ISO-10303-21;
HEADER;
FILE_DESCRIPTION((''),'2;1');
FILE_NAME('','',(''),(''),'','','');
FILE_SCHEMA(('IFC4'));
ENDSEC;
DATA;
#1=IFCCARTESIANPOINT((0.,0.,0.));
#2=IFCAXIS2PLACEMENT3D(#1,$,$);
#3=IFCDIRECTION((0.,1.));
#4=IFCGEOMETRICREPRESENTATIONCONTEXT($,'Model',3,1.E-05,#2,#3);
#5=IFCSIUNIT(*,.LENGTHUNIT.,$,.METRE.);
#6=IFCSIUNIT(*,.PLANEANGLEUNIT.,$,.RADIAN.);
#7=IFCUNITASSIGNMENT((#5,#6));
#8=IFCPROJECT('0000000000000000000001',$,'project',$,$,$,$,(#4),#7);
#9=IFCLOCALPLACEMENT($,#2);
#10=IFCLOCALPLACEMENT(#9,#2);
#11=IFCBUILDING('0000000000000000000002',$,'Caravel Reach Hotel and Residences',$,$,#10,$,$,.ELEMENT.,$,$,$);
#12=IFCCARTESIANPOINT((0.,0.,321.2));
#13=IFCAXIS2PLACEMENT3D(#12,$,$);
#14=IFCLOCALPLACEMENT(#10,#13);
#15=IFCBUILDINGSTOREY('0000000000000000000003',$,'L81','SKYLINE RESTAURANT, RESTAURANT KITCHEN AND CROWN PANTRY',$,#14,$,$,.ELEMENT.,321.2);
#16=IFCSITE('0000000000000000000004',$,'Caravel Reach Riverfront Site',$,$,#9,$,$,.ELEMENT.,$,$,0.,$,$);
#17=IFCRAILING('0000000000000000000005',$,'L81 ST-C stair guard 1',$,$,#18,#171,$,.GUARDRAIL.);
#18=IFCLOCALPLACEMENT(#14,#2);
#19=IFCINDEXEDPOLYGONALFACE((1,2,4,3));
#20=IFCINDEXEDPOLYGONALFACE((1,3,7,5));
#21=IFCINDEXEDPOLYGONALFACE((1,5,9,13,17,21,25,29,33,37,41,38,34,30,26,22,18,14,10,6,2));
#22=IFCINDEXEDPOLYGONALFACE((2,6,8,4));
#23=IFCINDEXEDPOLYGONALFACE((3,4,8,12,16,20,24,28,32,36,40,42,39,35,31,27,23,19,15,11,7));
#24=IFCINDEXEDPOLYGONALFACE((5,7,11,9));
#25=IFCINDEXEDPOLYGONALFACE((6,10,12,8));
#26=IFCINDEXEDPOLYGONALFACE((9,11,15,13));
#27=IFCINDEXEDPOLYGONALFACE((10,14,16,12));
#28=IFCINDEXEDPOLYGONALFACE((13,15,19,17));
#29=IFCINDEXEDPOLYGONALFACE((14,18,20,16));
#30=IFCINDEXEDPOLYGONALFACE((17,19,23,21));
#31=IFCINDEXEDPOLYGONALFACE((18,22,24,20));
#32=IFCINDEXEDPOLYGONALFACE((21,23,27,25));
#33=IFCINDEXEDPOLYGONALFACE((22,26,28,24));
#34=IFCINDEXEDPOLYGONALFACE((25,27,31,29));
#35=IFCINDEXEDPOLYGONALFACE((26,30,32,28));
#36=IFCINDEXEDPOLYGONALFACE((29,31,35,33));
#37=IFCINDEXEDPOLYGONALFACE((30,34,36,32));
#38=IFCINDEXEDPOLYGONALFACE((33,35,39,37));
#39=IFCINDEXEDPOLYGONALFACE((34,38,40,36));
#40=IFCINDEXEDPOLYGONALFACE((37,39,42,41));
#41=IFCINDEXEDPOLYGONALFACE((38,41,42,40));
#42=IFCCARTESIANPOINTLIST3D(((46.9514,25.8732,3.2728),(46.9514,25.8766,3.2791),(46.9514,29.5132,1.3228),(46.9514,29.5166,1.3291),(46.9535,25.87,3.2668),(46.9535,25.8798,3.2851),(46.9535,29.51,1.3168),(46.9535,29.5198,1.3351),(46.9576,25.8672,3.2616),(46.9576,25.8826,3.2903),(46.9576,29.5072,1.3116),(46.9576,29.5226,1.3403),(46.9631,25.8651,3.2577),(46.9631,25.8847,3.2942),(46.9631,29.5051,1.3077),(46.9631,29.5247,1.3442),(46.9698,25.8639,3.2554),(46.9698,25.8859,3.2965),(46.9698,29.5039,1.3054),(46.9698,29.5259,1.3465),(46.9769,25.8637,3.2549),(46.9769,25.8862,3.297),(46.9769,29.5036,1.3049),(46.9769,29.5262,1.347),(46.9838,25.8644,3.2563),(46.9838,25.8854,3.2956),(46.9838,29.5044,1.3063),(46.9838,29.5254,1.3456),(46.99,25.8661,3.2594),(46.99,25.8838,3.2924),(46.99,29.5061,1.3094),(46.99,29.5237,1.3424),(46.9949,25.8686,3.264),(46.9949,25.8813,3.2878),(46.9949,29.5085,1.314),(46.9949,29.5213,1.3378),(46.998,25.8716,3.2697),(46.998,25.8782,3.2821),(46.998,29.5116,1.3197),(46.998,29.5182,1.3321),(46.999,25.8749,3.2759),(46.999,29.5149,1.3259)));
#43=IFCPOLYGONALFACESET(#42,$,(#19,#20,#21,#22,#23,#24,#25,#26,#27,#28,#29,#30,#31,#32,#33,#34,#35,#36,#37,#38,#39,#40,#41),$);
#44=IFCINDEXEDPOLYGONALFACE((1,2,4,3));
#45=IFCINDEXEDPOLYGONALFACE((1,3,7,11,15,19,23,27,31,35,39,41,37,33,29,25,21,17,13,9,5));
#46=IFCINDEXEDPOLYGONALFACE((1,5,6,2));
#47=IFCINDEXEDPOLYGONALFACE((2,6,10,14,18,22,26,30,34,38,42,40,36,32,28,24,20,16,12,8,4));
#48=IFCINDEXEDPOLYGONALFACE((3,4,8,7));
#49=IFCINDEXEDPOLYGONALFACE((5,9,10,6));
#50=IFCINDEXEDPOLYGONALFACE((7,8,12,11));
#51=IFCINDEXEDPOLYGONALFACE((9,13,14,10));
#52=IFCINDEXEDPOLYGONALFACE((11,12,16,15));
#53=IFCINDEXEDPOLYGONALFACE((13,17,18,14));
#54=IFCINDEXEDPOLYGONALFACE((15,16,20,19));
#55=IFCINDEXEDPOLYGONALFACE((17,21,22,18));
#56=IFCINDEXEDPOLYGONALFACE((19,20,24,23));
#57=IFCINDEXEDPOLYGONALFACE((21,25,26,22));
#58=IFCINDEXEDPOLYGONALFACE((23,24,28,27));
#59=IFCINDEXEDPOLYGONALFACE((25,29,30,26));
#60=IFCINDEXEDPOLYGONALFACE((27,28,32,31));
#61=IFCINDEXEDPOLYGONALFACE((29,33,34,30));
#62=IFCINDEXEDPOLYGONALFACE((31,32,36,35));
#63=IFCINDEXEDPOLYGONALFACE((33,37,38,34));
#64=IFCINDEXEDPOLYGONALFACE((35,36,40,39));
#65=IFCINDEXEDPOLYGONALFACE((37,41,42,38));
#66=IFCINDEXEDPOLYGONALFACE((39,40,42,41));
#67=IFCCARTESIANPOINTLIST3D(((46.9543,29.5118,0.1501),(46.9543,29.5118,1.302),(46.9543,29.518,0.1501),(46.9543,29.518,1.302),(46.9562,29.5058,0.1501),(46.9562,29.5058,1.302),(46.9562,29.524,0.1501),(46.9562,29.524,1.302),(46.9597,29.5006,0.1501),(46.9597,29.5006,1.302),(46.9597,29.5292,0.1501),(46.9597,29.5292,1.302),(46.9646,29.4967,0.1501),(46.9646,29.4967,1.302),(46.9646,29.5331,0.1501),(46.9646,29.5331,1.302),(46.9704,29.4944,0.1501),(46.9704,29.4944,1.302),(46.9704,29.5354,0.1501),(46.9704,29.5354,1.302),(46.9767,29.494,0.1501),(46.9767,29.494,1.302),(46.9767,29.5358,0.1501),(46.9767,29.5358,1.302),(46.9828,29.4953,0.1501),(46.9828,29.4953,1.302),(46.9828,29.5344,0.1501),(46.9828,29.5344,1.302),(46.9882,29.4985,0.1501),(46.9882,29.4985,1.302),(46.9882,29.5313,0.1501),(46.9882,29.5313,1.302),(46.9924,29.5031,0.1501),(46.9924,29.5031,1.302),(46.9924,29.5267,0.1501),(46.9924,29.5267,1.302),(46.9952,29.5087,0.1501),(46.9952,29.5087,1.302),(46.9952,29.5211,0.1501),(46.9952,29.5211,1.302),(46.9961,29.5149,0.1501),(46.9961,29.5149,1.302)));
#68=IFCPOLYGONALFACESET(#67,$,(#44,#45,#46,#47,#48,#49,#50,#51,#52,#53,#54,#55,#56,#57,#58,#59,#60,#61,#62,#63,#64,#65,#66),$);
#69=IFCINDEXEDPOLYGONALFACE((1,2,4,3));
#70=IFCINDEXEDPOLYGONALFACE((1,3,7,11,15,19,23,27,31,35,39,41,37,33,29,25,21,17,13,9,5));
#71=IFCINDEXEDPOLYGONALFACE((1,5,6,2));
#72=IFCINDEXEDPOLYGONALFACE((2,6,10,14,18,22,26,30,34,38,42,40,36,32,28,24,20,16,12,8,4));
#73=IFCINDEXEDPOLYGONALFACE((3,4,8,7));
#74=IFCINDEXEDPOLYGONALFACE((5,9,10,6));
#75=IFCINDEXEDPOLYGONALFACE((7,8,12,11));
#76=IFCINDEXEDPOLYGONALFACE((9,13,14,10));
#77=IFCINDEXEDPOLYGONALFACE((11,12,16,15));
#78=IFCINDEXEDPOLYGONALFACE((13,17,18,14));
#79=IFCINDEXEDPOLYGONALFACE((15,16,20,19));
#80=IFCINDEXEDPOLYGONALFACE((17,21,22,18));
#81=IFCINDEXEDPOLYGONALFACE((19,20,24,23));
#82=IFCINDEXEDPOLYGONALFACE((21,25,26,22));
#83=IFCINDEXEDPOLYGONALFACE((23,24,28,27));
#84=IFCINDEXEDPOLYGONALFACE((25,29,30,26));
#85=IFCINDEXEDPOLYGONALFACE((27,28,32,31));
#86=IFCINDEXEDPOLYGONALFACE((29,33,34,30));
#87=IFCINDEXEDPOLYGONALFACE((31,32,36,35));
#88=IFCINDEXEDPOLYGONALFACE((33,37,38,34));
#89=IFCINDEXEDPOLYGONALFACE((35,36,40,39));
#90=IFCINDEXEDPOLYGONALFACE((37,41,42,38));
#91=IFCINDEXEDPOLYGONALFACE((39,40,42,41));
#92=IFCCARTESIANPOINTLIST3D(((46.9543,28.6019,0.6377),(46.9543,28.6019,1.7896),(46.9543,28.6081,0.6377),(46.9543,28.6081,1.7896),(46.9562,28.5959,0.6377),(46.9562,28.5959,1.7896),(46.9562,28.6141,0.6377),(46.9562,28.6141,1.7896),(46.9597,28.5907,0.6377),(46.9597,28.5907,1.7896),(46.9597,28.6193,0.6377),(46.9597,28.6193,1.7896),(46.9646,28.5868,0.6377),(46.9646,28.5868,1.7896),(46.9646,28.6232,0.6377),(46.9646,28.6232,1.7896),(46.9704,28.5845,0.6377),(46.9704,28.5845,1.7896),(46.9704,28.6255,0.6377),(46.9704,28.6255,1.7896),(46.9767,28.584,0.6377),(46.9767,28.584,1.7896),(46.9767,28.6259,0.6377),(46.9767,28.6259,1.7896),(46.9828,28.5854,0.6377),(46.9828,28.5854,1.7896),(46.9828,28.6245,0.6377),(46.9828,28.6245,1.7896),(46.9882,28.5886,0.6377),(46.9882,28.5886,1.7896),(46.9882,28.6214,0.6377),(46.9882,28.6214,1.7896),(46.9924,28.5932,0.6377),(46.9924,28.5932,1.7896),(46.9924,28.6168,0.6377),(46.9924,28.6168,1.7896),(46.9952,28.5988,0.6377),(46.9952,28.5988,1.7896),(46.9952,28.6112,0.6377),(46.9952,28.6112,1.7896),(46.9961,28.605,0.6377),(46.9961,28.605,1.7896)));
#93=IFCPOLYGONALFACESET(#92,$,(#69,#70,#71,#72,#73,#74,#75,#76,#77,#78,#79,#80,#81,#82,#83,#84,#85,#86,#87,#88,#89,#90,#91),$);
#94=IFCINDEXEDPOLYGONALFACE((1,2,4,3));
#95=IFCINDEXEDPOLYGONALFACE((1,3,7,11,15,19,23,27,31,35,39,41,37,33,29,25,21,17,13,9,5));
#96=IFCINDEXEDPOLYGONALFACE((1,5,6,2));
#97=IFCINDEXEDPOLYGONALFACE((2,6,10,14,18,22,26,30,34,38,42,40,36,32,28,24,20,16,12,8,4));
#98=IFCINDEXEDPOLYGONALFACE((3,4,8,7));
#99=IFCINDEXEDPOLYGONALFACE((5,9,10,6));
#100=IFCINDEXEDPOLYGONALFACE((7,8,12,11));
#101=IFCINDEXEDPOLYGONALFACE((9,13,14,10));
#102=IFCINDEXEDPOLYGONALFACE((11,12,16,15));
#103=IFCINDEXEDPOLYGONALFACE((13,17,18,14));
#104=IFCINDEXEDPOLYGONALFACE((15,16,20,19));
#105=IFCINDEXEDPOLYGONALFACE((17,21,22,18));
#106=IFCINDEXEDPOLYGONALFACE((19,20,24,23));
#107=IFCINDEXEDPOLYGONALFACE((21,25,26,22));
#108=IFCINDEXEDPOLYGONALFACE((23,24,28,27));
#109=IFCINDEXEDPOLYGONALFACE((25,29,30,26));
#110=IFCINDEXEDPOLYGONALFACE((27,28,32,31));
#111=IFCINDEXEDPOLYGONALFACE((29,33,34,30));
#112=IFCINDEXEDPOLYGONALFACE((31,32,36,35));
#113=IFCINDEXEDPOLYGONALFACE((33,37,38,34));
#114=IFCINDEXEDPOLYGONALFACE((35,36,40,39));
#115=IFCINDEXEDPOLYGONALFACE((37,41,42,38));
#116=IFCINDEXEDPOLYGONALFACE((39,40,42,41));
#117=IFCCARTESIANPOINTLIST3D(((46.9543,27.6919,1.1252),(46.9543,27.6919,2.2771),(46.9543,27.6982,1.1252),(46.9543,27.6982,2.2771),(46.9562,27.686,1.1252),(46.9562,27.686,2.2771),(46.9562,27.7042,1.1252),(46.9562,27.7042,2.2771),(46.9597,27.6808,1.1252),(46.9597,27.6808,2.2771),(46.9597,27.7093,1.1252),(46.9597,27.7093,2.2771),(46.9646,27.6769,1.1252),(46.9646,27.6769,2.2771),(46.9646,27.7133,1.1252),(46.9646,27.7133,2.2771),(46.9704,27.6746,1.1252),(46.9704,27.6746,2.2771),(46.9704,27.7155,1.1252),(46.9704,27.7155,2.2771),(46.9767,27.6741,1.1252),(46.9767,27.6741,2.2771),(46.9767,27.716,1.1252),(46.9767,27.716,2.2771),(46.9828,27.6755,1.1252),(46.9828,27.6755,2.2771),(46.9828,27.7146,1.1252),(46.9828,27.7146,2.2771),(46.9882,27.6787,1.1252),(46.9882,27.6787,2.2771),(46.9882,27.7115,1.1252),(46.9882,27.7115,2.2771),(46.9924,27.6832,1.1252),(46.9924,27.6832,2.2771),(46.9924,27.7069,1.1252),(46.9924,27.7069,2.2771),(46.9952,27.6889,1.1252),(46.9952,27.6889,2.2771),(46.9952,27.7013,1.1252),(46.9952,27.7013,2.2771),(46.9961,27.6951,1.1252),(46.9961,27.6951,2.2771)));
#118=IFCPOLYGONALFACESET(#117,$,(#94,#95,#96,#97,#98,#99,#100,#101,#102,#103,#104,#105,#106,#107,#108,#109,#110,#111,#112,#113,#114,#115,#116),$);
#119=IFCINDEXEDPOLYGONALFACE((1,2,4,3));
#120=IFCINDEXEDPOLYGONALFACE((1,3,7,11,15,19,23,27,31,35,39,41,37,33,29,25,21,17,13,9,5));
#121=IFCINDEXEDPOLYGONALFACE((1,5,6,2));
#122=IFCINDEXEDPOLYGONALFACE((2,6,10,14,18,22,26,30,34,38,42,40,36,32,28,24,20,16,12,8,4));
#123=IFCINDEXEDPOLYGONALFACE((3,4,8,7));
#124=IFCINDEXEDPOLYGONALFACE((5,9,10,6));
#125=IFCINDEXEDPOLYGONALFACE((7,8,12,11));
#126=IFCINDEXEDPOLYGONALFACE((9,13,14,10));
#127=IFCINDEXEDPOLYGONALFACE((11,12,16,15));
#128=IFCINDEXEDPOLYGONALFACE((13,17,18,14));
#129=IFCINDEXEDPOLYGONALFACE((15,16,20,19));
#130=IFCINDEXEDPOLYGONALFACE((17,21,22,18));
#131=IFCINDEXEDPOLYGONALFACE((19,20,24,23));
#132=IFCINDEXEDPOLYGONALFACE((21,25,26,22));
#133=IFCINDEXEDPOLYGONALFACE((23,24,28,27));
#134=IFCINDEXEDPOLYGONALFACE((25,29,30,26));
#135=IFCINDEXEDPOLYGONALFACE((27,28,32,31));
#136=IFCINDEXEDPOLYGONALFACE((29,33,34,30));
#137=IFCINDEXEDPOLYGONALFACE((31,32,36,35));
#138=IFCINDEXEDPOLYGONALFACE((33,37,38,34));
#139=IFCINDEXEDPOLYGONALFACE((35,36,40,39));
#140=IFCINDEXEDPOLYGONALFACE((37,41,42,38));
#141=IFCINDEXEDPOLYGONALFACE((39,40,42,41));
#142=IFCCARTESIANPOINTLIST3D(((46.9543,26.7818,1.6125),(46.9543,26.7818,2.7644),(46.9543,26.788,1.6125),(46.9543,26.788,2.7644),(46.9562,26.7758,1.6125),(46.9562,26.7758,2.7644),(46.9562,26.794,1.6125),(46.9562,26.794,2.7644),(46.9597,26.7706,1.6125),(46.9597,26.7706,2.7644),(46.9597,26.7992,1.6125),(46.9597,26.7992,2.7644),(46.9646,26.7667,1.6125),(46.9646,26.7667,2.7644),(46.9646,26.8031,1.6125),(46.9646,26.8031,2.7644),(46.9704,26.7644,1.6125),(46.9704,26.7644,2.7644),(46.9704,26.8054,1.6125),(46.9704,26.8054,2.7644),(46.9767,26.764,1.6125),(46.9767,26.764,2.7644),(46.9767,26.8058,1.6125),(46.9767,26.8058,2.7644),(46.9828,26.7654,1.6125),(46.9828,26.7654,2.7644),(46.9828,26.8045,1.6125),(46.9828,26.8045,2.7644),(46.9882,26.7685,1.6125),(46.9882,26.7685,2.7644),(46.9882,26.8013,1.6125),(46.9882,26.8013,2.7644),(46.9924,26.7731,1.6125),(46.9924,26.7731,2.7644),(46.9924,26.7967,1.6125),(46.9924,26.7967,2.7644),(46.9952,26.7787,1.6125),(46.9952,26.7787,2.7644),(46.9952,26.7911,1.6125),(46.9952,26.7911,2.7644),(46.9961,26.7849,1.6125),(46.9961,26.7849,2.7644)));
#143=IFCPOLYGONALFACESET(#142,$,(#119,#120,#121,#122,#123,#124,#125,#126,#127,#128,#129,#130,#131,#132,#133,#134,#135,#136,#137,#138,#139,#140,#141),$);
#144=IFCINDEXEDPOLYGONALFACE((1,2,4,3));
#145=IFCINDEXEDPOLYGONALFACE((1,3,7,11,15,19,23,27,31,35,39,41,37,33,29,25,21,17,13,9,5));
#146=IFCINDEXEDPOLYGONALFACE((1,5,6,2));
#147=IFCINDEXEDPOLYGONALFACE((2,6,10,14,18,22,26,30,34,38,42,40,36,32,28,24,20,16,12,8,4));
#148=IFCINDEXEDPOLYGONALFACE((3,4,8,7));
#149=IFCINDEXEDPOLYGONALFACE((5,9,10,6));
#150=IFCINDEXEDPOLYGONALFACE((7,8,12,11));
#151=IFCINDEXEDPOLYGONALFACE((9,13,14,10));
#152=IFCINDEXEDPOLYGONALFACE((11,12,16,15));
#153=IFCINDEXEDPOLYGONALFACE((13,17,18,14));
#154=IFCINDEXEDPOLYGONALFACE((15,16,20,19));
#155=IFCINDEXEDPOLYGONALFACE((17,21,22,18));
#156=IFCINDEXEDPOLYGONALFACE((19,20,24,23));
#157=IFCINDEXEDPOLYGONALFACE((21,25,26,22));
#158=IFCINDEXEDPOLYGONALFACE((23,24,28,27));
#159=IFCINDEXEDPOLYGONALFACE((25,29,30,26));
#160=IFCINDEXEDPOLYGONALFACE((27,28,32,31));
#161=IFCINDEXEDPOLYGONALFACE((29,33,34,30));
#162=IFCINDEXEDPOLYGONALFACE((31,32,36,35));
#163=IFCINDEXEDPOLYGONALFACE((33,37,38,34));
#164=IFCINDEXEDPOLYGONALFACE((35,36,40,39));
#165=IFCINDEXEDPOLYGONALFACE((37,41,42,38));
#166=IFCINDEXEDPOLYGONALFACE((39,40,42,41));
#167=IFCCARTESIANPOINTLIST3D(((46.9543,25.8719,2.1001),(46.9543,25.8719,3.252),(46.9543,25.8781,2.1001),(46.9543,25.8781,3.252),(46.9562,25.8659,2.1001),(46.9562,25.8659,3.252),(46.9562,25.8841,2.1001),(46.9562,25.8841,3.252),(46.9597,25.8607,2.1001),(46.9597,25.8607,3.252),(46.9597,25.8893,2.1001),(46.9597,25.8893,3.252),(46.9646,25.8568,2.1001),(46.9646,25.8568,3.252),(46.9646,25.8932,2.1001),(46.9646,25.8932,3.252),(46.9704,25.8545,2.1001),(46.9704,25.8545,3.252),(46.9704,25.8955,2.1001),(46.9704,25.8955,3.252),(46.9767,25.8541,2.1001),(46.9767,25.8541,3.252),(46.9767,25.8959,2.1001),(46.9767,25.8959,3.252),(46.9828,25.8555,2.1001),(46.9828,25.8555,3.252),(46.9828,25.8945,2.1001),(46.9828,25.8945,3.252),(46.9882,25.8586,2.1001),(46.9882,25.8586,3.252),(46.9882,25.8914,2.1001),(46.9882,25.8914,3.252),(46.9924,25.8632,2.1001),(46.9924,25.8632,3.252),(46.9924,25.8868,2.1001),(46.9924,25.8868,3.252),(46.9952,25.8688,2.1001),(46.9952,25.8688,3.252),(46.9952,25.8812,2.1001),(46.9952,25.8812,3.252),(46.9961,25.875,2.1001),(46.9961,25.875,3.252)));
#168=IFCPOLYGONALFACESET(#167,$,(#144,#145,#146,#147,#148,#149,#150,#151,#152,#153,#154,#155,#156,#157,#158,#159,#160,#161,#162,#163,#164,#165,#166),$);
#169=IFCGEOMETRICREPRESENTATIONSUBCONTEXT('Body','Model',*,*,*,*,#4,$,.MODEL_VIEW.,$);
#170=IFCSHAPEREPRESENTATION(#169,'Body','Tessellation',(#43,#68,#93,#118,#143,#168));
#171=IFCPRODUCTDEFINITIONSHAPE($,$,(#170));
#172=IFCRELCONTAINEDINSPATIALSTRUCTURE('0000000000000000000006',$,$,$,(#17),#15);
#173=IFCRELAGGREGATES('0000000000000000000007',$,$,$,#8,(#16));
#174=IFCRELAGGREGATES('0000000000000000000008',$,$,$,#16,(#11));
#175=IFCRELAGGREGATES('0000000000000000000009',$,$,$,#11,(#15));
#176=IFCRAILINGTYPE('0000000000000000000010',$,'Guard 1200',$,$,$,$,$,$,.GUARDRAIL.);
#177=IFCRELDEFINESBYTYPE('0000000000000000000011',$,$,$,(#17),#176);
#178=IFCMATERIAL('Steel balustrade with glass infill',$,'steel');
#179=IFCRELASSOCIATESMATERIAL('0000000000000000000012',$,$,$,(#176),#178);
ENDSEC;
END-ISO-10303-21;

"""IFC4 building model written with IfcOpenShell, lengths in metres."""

from ifc_helpers import new_model, si_unit, direction, frame, origin, origin_2d, place, context, subcontext, project, spatial, circle, extrude, material, type_object, element, save


model = new_model("IFC4")

# Units and contexts
model_context = context("Model", 3, precision=1e-05, world=origin(), true_north=direction((0.0, 1.0)))
body_context = subcontext(model_context, "Body", "Model", "MODEL_VIEW")
ifc_project = project(units=[si_unit("LENGTHUNIT", "METRE"), si_unit("PLANEANGLEUNIT", "RADIAN")], contexts=[model_context])

# Site, building, storey
site_placement = place(None, origin())
site = spatial("IfcSite", under=ifc_project, at=site_placement, Name="Caravel Reach Riverfront Site", CompositionType="ELEMENT", RefElevation=0.0)
building_placement = place(site_placement, origin())
building = spatial("IfcBuilding", under=site, at=building_placement, Name="Caravel Reach Hotel and Residences", CompositionType="ELEMENT")
storey_placement = place(building_placement, frame((0.0, 0.0, 321.2)))
storey = spatial("IfcBuildingStorey", under=building, at=storey_placement, Name="L81", Description="SKYLINE RESTAURANT, RESTAURANT KITCHEN AND CROWN PANTRY", CompositionType="ELEMENT", Elevation=321.2)

# Railing
ifc_material_1 = material(Name="Steel balustrade with glass infill", Category="steel")
railing_type_1 = type_object("IfcRailingType", Name="Guard 1200", PredefinedType="GUARDRAIL", material=ifc_material_1)
railing_1_placement = place(storey_placement, frame((46.9751, 29.5149, 0.1501)))
element("IfcRailing", 1, at=railing_1_placement, inside=storey, type_object=railing_type_1, Name="L81 ST-C stair guard 1", PredefinedType="GUARDRAIL", context=body_context, shape_type="SweptSolid", body=[
    extrude(circle(Radius=0.0239, at=origin_2d()), frame((0.0, 0.0, 1.1758), z_axis=(0.0, -0.881479, 0.472223), x_axis=(1.0, 0.0, 0.0)), (0.0, 0.0, 1.0), 4.1294),
    extrude(circle(Radius=0.021, at=origin_2d()), origin(), (0.0, 0.0, 1.0), 1.1519),
    extrude(circle(Radius=0.021, at=origin_2d()), frame((0.0, -0.9099, 0.4875)), (0.0, 0.0, 1.0), 1.1519),
    extrude(circle(Radius=0.021, at=origin_2d()), frame((0.0, -1.8198, 0.9751)), (0.0, 0.0, 1.0), 1.1519),
    extrude(circle(Radius=0.021, at=origin_2d()), frame((0.0, -2.73, 1.4624)), (0.0, 0.0, 1.0), 1.1519),
    extrude(circle(Radius=0.021, at=origin_2d()), frame((0.0, -3.6399, 1.95)), (0.0, 0.0, 1.0), 1.1519),
])

save(model, "model.ifc")
